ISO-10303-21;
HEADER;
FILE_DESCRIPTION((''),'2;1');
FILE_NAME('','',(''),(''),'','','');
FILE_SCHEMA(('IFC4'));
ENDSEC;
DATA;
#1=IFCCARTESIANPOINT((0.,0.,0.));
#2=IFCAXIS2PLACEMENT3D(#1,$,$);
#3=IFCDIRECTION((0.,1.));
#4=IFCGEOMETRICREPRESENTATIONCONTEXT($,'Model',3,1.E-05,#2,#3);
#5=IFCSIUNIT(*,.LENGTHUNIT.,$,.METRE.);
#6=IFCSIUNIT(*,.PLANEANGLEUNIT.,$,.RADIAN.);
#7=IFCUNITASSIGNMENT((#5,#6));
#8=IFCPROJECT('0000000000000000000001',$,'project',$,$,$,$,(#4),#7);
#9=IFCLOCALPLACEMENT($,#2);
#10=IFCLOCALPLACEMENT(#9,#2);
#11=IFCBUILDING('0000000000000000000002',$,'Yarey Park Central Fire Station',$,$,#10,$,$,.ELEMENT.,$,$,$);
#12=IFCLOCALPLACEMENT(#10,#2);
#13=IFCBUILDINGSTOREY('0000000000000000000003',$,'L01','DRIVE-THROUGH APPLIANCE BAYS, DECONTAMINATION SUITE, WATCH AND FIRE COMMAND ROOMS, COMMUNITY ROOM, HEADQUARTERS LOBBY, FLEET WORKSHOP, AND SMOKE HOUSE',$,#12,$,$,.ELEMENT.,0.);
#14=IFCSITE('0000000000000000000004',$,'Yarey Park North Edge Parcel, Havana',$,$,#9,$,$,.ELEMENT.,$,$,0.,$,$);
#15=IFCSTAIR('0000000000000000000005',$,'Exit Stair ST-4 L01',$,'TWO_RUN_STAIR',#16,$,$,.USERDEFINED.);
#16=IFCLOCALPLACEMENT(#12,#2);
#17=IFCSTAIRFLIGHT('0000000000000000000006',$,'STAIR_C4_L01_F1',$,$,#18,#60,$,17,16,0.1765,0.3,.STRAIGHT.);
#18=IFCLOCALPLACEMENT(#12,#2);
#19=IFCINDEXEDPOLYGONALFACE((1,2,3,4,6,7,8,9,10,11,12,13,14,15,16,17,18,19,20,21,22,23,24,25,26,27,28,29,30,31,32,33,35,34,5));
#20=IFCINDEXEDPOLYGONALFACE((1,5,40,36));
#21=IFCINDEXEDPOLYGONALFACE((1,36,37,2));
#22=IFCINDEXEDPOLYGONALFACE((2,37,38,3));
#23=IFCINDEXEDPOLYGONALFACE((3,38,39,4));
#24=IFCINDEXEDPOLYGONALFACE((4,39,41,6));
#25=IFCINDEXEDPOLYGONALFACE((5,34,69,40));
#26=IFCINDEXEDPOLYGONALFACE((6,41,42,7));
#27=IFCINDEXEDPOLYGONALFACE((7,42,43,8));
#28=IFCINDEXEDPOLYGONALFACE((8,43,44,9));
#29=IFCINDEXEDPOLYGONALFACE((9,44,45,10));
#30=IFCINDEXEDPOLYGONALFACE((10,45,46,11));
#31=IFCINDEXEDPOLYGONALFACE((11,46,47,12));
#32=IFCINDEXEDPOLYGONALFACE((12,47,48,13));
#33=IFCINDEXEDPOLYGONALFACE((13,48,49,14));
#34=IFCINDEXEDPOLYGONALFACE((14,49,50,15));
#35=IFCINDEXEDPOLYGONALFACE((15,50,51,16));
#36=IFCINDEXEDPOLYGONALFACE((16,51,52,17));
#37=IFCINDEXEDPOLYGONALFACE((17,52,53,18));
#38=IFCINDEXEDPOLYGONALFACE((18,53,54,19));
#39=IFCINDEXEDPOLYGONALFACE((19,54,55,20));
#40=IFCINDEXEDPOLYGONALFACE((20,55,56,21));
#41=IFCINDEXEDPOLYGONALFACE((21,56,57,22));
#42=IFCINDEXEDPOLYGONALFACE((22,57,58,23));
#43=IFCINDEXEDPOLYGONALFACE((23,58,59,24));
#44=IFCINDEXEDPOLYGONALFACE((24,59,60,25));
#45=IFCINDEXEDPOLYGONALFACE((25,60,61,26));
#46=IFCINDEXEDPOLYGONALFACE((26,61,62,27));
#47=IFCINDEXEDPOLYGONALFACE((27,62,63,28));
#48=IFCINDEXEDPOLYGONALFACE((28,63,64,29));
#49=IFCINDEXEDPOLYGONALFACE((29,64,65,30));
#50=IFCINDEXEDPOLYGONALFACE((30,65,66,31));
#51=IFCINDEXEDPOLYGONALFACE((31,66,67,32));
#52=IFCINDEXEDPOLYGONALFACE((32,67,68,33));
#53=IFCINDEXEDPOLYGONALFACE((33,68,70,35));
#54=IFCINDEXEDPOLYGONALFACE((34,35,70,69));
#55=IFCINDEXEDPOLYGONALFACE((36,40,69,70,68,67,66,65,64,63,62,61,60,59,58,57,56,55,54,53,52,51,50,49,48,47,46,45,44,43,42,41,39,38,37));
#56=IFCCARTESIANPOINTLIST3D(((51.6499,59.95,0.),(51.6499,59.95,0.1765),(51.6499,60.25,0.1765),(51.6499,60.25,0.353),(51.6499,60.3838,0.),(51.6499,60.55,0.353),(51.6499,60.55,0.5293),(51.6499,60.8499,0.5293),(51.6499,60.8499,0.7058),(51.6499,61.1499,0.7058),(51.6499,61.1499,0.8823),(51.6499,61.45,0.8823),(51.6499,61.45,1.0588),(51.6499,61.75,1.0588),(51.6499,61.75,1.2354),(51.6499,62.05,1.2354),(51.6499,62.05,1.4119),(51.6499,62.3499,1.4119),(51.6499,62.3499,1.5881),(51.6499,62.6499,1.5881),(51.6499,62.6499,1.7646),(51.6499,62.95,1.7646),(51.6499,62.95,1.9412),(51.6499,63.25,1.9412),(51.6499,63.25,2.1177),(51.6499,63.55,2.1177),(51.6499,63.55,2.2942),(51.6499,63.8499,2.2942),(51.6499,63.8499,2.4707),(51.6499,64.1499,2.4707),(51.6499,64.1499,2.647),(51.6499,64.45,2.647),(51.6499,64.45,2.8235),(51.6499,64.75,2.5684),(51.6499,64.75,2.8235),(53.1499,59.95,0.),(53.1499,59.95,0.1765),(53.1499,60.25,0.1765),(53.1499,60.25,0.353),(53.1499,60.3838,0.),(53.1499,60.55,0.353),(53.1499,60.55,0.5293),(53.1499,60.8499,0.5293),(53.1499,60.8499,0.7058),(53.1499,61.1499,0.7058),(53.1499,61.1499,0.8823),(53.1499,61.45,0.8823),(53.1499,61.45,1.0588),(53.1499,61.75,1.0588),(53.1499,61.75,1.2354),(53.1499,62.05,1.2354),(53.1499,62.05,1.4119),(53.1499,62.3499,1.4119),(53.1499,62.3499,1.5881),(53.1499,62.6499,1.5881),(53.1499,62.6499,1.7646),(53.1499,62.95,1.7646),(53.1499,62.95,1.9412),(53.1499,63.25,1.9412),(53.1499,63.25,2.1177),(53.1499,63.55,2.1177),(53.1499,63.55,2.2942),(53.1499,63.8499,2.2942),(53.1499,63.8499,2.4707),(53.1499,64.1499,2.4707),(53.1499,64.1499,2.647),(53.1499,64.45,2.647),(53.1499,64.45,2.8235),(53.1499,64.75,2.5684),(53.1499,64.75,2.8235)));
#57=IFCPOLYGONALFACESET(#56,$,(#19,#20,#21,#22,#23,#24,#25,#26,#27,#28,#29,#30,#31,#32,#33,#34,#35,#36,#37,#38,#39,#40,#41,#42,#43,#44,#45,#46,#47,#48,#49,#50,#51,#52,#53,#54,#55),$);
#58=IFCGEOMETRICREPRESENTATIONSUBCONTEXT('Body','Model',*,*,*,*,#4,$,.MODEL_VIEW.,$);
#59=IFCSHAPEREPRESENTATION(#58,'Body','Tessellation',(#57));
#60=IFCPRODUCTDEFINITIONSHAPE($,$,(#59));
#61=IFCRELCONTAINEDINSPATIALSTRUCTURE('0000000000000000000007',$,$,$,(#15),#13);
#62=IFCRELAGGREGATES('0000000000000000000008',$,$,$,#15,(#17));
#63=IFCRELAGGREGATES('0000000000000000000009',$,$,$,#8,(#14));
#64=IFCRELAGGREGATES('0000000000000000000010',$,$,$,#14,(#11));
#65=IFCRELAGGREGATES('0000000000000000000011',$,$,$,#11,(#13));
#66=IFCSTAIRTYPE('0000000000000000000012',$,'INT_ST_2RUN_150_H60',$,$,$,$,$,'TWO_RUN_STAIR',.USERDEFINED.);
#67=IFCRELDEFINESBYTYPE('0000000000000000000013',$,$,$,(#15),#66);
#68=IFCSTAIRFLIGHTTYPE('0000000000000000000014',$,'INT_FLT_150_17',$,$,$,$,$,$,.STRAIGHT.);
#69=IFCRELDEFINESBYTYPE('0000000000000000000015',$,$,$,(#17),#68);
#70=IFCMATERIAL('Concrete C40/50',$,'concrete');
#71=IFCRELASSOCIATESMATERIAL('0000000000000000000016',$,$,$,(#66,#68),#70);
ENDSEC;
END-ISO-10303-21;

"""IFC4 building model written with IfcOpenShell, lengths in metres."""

from ifc_helpers import new_model, si_unit, direction, frame, origin, place, context, subcontext, project, spatial, polyline, outline, extrude, material, type_object, element, aggregate, save


model = new_model("IFC4")

# Units and contexts
model_context = context("Model", 3, precision=1e-05, world=origin(), true_north=direction((0.0, 1.0)))
body_context = subcontext(model_context, "Body", "Model", "MODEL_VIEW")
ifc_project = project(units=[si_unit("LENGTHUNIT", "METRE"), si_unit("PLANEANGLEUNIT", "RADIAN")], contexts=[model_context])

# Site, building, storey
site_placement = place(None, origin())
site = spatial("IfcSite", under=ifc_project, at=site_placement, Name="Yarey Park North Edge Parcel, Havana", CompositionType="ELEMENT", RefElevation=0.0)
building_placement = place(site_placement, origin())
building = spatial("IfcBuilding", under=site, at=building_placement, Name="Yarey Park Central Fire Station", CompositionType="ELEMENT")
storey_placement = place(building_placement, origin())
storey = spatial("IfcBuildingStorey", under=building, at=storey_placement, Name="L01", Description="DRIVE-THROUGH APPLIANCE BAYS, DECONTAMINATION SUITE, WATCH AND FIRE COMMAND ROOMS, COMMUNITY ROOM, HEADQUARTERS LOBBY, FLEET WORKSHOP, AND SMOKE HOUSE", CompositionType="ELEMENT", Elevation=0.0)

# Shared definitions
ifc_material_1 = material(Name="Concrete C40/50", Category="concrete")

# Stair, stair flight
stair_type = type_object("IfcStairType", Name="INT_ST_2RUN_150_H60", ElementType="TWO_RUN_STAIR", PredefinedType="USERDEFINED", material=ifc_material_1)
stair_placement = place(storey_placement, origin())
stair = element("IfcStair", 1, at=stair_placement, inside=storey, type_object=stair_type, Name="Exit Stair ST-4 L01", ObjectType="TWO_RUN_STAIR", PredefinedType="USERDEFINED")
stair_flight_type = type_object("IfcStairFlightType", Name="INT_FLT_150_17", PredefinedType="STRAIGHT", material=ifc_material_1)
stair_flight_placement = place(storey_placement, frame((52.3999, 59.95, 0.0), z_axis=(0.0, 0.0, 1.0), x_axis=(0.0, 1.0, 0.0)))
stair_flight = element("IfcStairFlight", 2, at=stair_flight_placement, type_object=stair_flight_type, Name="STAIR_C4_L01_F1", NumberOfRisers=17, NumberOfTreads=16, PredefinedType="STRAIGHT", RiserHeight=0.1765, TreadLength=0.3, context=body_context, shape_type="SweptSolid", body=[
    extrude(outline(polyline([(0.0, 0.0), (0.0, 0.1765), (0.3, 0.1765), (0.3, 0.353), (0.6001, 0.353), (0.6001, 0.5293), (0.8999, 0.5293), (0.8999, 0.7058), (1.2, 0.7058), (1.2, 0.8823), (1.5, 0.8823), (1.5, 1.0588), (1.8, 1.0588), (1.8, 1.2354), (2.1001, 1.2354), (2.1001, 1.4119), (2.3999, 1.4119), (2.3999, 1.5881), (2.7, 1.5881), (2.7, 1.7646), (3.0, 1.7646), (3.0, 1.9412), (3.3, 1.9412), (3.3, 2.1177), (3.6001, 2.1177), (3.6001, 2.2942), (3.8999, 2.2942), (3.8999, 2.4707), (4.2, 2.4707), (4.2, 2.647), (4.5, 2.647), (4.5, 2.8235), (4.8, 2.8235), (4.8, 3.0), (4.8, 2.5684), (0.4338, 0.0), (0.0, 0.0)])), frame((0.0, 0.75, 0.0), z_axis=(0.0, -1.0, 0.0), x_axis=(1.0, 0.0, 0.0)), (0.0, 0.0, 1.0), 1.5),
])
aggregate(stair, [stair_flight])

save(model, "model.ifc")
